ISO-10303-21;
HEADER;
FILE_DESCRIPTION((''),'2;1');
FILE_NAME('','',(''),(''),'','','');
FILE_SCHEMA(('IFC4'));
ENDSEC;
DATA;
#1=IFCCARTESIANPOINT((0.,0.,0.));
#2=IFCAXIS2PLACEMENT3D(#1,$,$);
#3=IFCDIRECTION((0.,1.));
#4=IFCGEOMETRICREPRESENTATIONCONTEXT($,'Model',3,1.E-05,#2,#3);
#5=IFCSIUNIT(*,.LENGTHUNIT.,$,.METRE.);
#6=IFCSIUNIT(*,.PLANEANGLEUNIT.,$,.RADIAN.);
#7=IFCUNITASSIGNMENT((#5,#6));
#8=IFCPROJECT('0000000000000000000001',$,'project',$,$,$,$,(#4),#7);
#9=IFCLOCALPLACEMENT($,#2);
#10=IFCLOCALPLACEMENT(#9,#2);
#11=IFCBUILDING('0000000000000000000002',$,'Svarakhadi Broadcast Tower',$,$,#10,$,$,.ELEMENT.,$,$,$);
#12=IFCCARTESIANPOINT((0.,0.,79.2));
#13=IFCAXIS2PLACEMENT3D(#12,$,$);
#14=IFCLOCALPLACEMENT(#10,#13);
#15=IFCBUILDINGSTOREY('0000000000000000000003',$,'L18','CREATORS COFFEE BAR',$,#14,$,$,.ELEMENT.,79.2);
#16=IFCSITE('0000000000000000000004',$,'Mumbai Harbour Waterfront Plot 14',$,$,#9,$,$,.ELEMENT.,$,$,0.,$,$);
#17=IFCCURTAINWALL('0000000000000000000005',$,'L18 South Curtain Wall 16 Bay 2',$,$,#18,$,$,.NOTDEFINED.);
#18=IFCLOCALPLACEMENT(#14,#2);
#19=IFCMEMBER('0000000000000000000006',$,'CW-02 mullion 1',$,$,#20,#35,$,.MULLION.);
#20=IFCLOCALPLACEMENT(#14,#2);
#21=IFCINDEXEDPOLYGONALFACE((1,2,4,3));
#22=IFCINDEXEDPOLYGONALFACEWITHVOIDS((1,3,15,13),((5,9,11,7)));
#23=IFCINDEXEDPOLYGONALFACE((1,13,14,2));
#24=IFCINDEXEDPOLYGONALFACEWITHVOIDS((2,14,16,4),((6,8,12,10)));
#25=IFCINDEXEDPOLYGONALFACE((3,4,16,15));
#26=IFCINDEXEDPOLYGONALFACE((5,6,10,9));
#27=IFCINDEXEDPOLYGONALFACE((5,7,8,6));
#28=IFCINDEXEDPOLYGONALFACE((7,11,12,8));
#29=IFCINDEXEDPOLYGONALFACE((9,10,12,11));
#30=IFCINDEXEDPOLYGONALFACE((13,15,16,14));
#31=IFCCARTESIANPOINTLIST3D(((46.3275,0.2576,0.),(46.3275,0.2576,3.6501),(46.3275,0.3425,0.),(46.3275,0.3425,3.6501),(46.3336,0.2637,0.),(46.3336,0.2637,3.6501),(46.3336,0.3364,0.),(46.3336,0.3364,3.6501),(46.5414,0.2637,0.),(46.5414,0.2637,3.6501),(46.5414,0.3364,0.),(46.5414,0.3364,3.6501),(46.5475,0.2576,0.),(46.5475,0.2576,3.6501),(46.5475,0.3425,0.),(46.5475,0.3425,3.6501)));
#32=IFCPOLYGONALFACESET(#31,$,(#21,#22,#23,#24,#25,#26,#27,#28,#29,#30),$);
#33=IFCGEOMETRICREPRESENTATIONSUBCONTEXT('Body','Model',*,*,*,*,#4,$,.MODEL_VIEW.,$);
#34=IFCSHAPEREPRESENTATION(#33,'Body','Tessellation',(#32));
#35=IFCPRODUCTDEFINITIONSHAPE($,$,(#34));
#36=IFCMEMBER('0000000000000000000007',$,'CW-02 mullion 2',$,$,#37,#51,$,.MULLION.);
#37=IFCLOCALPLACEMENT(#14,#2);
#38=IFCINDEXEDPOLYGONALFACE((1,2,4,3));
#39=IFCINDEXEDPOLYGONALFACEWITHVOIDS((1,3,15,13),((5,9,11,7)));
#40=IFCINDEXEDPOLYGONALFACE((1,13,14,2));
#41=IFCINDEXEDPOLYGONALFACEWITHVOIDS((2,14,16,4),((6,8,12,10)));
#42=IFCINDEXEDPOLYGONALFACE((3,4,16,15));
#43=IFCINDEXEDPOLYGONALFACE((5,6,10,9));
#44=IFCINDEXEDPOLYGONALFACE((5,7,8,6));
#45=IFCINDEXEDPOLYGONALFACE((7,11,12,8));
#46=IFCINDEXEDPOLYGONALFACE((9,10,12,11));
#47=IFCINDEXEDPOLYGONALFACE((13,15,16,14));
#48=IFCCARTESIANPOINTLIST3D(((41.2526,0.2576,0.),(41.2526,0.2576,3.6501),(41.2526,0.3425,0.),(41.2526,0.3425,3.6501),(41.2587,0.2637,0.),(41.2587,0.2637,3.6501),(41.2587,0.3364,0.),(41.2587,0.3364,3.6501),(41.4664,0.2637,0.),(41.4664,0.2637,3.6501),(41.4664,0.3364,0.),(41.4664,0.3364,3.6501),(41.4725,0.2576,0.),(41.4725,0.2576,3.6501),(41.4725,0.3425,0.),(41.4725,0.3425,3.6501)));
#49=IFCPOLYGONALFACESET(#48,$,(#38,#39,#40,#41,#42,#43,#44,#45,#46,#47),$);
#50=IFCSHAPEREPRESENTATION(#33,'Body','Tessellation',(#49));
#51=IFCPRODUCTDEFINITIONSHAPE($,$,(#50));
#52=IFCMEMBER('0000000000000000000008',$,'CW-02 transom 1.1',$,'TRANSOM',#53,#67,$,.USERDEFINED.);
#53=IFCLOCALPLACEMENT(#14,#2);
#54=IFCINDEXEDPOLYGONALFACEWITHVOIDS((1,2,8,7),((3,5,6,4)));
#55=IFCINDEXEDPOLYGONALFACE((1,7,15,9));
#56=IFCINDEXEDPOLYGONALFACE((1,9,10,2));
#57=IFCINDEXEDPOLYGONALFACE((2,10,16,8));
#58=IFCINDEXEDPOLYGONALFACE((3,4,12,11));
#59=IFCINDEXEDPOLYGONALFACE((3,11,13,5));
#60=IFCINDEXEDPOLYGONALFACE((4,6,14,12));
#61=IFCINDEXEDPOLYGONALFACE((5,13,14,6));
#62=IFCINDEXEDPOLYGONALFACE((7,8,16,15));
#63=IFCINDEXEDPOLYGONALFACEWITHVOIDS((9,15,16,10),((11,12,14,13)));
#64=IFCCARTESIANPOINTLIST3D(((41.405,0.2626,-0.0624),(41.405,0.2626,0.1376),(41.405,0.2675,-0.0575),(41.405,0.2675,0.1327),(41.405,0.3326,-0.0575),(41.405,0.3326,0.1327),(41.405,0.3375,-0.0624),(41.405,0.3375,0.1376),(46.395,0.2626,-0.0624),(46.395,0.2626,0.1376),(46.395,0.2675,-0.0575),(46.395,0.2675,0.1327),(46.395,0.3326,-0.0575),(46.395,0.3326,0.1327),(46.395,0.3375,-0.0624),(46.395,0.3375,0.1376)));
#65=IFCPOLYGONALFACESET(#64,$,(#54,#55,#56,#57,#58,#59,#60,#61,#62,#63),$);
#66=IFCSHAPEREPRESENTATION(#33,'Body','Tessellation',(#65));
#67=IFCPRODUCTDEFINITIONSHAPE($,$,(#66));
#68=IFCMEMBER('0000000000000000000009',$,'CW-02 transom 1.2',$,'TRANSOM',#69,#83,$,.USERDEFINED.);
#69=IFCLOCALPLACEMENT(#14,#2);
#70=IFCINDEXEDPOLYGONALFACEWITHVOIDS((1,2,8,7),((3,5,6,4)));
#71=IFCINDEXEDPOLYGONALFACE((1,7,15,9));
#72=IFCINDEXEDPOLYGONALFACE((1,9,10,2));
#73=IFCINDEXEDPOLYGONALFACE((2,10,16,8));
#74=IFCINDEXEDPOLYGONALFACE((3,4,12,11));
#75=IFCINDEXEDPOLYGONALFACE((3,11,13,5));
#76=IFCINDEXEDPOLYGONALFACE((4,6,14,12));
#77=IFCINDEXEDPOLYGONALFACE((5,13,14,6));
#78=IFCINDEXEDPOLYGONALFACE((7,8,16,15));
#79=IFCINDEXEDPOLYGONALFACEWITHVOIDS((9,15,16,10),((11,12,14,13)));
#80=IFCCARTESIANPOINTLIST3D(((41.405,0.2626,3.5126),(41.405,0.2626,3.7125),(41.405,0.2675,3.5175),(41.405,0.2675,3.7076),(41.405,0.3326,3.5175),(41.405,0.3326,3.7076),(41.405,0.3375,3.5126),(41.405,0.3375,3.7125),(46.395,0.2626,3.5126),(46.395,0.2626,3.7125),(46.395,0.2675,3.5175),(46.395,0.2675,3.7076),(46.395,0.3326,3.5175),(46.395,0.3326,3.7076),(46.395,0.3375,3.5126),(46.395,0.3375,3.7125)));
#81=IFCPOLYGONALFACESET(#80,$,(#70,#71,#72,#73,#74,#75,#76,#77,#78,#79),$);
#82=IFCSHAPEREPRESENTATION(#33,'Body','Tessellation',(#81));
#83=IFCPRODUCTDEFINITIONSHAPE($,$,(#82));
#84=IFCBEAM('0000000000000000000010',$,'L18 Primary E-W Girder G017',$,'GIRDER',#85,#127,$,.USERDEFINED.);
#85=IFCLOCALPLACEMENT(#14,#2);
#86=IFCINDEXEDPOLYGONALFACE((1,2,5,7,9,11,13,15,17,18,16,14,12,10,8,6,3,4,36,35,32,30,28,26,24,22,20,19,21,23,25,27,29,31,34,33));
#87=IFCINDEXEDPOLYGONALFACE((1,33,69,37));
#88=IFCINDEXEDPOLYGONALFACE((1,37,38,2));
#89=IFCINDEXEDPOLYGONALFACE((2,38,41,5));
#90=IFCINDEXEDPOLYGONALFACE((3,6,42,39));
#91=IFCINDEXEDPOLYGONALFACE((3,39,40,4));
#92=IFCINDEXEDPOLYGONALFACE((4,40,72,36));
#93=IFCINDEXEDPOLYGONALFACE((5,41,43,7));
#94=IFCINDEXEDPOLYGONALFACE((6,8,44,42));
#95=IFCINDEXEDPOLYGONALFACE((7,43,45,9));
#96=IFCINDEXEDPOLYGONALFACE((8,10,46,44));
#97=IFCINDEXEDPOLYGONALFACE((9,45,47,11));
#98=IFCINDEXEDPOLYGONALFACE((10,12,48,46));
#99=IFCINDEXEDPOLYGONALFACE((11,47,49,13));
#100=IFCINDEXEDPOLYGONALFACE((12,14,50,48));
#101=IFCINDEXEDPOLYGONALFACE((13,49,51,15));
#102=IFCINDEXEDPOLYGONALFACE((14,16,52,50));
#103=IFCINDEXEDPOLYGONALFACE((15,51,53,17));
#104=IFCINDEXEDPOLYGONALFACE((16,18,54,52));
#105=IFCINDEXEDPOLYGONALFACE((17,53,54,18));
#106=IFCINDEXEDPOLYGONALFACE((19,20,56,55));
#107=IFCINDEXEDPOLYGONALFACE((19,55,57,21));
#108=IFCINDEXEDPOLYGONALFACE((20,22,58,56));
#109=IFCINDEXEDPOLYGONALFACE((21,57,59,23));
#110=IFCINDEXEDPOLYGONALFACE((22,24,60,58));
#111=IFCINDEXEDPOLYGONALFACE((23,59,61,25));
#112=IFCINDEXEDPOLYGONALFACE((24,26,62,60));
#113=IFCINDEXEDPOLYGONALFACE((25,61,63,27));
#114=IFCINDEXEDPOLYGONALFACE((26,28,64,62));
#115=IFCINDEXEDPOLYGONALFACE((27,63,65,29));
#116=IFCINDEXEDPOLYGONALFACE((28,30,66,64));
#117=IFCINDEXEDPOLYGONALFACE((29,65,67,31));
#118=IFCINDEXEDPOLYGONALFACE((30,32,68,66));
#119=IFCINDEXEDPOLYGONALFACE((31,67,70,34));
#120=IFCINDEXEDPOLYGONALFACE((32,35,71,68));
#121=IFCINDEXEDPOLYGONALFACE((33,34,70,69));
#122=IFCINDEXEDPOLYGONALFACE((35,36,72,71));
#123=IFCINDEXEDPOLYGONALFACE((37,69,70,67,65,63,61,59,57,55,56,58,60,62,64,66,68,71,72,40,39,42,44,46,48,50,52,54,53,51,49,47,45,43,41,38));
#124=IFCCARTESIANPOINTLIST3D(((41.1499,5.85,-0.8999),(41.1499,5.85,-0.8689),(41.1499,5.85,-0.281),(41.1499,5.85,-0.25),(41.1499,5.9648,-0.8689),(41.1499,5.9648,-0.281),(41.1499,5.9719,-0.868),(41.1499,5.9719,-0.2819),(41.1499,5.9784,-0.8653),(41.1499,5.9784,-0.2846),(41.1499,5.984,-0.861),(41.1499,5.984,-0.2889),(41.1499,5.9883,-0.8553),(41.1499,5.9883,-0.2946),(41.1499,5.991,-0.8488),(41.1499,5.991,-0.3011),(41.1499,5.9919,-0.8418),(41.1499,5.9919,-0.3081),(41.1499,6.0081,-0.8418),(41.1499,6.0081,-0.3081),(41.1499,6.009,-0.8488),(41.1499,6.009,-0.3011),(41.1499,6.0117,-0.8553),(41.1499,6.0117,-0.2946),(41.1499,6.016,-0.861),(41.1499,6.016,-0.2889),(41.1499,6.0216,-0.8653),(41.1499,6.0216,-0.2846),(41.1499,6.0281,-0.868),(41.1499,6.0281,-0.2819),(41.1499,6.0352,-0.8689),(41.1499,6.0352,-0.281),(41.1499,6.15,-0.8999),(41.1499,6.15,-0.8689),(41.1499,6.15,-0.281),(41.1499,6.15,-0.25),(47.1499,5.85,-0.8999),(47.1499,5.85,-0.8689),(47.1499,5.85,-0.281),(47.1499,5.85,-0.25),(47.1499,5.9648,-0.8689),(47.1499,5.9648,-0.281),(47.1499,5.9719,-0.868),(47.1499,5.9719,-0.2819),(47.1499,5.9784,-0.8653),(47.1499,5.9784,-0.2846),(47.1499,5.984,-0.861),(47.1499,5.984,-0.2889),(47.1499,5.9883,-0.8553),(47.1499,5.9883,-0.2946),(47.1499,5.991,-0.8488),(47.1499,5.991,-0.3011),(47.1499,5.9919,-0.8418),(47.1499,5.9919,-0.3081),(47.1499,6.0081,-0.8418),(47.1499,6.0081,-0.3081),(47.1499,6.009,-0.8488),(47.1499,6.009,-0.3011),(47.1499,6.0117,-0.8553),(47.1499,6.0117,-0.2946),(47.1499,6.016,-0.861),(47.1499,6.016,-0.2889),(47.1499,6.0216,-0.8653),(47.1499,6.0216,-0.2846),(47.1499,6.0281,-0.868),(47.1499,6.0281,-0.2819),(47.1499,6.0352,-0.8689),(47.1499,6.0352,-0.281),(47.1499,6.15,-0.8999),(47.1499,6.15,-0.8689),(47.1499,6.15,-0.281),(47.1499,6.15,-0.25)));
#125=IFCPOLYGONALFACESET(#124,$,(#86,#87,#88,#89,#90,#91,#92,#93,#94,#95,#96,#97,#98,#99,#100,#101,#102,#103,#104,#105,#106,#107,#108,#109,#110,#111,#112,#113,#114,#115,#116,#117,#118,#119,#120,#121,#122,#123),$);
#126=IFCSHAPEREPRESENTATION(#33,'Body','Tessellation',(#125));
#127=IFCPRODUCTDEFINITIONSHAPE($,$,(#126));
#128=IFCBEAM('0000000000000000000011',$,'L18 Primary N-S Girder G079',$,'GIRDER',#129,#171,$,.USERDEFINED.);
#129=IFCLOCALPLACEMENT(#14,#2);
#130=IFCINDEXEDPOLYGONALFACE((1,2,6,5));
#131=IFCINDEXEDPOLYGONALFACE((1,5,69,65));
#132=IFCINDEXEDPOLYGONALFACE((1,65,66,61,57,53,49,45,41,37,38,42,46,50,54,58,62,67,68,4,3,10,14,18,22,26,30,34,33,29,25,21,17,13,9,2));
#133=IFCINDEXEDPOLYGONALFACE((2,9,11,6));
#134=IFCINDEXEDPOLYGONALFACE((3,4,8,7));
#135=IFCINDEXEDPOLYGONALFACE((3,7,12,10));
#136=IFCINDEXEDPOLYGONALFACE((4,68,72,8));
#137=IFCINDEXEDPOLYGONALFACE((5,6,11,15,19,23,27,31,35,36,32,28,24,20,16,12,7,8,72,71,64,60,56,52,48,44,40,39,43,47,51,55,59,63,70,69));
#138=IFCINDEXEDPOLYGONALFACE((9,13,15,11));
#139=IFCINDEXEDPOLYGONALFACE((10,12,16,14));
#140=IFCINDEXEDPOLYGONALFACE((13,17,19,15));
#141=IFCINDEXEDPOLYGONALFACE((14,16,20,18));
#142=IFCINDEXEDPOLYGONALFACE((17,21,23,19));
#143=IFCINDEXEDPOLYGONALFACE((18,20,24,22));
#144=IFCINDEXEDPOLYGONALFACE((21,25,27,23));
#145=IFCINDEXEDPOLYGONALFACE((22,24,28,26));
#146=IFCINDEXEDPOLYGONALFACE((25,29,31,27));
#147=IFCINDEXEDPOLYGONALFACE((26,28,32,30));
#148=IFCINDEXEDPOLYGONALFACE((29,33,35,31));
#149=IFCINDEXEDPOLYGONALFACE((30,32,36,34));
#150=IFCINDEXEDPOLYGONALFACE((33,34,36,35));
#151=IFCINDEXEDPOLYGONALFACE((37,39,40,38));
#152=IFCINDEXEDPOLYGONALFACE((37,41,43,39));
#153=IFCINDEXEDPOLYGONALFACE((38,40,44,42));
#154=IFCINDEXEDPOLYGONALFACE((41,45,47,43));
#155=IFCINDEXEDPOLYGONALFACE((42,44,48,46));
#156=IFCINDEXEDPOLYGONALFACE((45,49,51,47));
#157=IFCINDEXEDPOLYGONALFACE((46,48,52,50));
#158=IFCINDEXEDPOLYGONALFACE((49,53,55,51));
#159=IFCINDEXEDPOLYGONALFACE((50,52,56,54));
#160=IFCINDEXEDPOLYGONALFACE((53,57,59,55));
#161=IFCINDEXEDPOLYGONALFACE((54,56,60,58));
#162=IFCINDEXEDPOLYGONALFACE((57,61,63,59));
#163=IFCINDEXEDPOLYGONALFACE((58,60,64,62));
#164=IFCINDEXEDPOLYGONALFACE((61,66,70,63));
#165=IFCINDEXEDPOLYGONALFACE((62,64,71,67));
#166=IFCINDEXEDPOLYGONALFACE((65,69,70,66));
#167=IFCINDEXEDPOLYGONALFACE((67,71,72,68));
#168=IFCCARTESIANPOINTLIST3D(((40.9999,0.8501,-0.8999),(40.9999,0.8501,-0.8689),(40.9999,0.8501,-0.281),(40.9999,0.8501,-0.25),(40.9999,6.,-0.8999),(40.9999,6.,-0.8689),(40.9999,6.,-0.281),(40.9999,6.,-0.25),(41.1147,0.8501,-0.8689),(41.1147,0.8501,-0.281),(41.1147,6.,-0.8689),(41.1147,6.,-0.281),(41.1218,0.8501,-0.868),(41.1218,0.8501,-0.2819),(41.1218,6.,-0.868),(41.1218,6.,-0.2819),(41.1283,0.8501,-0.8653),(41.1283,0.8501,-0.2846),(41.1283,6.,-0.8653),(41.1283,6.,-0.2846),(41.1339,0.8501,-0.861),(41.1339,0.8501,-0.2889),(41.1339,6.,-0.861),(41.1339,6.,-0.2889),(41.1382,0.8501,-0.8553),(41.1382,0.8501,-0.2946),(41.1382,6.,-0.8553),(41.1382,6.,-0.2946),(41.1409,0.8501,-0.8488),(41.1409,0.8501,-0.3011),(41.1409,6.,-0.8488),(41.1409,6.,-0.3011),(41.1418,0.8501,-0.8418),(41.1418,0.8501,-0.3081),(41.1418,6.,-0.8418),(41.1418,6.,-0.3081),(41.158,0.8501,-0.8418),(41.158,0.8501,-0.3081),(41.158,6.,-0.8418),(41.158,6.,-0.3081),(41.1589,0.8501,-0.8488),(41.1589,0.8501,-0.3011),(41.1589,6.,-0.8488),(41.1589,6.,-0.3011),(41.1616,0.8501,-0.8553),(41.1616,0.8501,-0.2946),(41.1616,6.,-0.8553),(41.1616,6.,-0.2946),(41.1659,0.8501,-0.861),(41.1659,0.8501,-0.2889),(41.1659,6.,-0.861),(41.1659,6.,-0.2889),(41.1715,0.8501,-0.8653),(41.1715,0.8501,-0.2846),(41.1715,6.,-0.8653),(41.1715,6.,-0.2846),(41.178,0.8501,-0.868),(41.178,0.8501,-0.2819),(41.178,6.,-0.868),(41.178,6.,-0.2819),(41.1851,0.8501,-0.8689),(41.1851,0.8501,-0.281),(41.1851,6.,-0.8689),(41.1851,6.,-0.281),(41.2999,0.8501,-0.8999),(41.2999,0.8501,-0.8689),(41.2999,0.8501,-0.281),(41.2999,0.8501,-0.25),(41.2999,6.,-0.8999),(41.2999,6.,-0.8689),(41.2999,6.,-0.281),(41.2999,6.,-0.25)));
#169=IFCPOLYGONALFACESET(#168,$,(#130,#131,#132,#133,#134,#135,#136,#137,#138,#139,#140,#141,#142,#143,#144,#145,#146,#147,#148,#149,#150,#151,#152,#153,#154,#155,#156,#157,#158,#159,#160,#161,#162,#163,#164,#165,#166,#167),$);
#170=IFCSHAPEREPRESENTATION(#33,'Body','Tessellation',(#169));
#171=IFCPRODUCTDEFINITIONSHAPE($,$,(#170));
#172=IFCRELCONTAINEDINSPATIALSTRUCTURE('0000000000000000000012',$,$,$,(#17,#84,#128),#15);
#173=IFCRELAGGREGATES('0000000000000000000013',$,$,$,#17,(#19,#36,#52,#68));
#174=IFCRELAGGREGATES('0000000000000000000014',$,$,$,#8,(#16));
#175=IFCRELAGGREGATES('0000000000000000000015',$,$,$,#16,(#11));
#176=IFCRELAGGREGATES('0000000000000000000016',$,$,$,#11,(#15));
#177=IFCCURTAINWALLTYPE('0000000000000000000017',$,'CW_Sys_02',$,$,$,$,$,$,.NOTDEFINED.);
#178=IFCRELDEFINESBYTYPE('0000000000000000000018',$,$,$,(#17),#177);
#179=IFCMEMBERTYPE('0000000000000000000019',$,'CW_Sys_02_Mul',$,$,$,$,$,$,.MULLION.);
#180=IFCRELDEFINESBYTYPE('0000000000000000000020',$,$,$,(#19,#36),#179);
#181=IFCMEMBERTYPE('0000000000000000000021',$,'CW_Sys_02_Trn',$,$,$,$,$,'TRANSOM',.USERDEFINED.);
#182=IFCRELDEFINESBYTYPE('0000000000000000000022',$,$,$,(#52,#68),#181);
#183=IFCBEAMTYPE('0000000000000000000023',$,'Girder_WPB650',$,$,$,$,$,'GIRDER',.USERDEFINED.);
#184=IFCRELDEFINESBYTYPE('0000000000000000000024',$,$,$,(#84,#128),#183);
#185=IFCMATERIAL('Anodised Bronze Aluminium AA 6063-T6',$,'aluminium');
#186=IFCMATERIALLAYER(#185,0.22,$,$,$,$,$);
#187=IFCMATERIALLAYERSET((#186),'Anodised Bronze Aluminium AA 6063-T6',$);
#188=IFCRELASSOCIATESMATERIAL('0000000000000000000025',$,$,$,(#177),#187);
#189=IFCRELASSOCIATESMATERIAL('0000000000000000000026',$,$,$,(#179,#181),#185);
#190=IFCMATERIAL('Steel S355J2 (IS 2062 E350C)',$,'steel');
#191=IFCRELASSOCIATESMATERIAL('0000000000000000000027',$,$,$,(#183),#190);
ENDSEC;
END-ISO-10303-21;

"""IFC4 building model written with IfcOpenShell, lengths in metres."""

from ifc_helpers import new_model, si_unit, direction, frame, origin, origin_2d, place, context, subcontext, project, spatial, hollow_rectangle, i_section, extrude, material, layer, layer_set, material_profile, profile_set, type_object, element, aggregate, save


model = new_model("IFC4")

# Units and contexts
model_context = context("Model", 3, precision=1e-05, world=origin(), true_north=direction((0.0, 1.0)))
body_context = subcontext(model_context, "Body", "Model", "MODEL_VIEW")
ifc_project = project(units=[si_unit("LENGTHUNIT", "METRE"), si_unit("PLANEANGLEUNIT", "RADIAN")], contexts=[model_context])

# Site, building, storey
site_placement = place(None, origin())
site = spatial("IfcSite", under=ifc_project, at=site_placement, Name="Mumbai Harbour Waterfront Plot 14", CompositionType="ELEMENT", RefElevation=0.0)
building_placement = place(site_placement, origin())
building = spatial("IfcBuilding", under=site, at=building_placement, Name="Svarakhadi Broadcast Tower", CompositionType="ELEMENT")
storey_placement = place(building_placement, frame((0.0, 0.0, 79.2)))
storey = spatial("IfcBuildingStorey", under=building, at=storey_placement, Name="L18", Description="CREATORS COFFEE BAR", CompositionType="ELEMENT", Elevation=79.2)

# Shared definitions
ifc_material_1 = material(Name="Steel S355J2 (IS 2062 E350C)", Category="steel")

# Curtain wall, members
ifc_material_2 = material(Name="Anodised Bronze Aluminium AA 6063-T6", Category="aluminium")
ifc_layer_1 = layer(ifc_material_2, 0.22)
ifc_layer_set_1 = layer_set([ifc_layer_1], Name="Anodised Bronze Aluminium AA 6063-T6")
curtain_wall_type = type_object("IfcCurtainWallType", Name="CW_Sys_02", PredefinedType="NOTDEFINED", material=ifc_layer_set_1)
curtain_wall_placement = place(storey_placement, origin())
curtain_wall = element("IfcCurtainWall", 1, at=curtain_wall_placement, inside=storey, type_object=curtain_wall_type, Name="L18 South Curtain Wall 16 Bay 2", PredefinedType="NOTDEFINED")
ifc_material_profile_1 = material_profile(ifc_material_2, hollow_rectangle(XDim=0.085, YDim=0.22, WallThickness=0.0061, at=origin_2d()), Name="ALU MULLION 220x85x6")
ifc_profile_set_1 = profile_set([ifc_material_profile_1], Name="Anodised Bronze Aluminium AA 6063-T6")
member_type_1 = type_object("IfcMemberType", Name="CW_Sys_02_Mul", PredefinedType="MULLION", material=ifc_profile_set_1)
member_1_placement = place(storey_placement, frame((46.4375, 0.3, 0.0), z_axis=(0.0, 0.0, 1.0), x_axis=(0.0, -1.0, 0.0)))
member_1 = element("IfcMember", 2, at=member_1_placement, type_object=member_type_1, Name="CW-02 mullion 1", PredefinedType="MULLION", context=body_context, shape_type="SweptSolid", body=[
    extrude(hollow_rectangle(XDim=0.085, YDim=0.22, WallThickness=0.0061, at=origin_2d()), origin(), (0.0, 0.0, 1.0), 3.6501),
])
member_2_placement = place(storey_placement, frame((41.3625, 0.3, 0.0), z_axis=(0.0, 0.0, 1.0), x_axis=(0.0, -1.0, 0.0)))
member_2 = element("IfcMember", 3, at=member_2_placement, type_object=member_type_1, Name="CW-02 mullion 2", PredefinedType="MULLION", context=body_context, shape_type="SweptSolid", body=[
    extrude(hollow_rectangle(XDim=0.085, YDim=0.22, WallThickness=0.0061, at=origin_2d()), origin(), (0.0, 0.0, 1.0), 3.6501),
])
ifc_material_profile_2 = material_profile(ifc_material_2, hollow_rectangle(XDim=0.075, YDim=0.2, WallThickness=0.0049, at=origin_2d()), Name="ALU TRANSOM 200x75x5")
ifc_profile_set_2 = profile_set([ifc_material_profile_2], Name="Anodised Bronze Aluminium AA 6063-T6")
member_type_2 = type_object("IfcMemberType", Name="CW_Sys_02_Trn", ElementType="TRANSOM", PredefinedType="USERDEFINED", material=ifc_profile_set_2)
member_3_placement = place(storey_placement, frame((46.395, 0.3, 0.0376), z_axis=(-1.0, 0.0, 0.0), x_axis=(0.0, -1.0, 0.0)))
member_3 = element("IfcMember", 4, at=member_3_placement, type_object=member_type_2, Name="CW-02 transom 1.1", ObjectType="TRANSOM", PredefinedType="USERDEFINED", context=body_context, shape_type="SweptSolid", body=[
    extrude(hollow_rectangle(XDim=0.075, YDim=0.2, WallThickness=0.0049, at=origin_2d()), origin(), (0.0, 0.0, 1.0), 4.99),
])
member_4_placement = place(storey_placement, frame((46.395, 0.3, 3.6125), z_axis=(-1.0, 0.0, 0.0), x_axis=(0.0, -1.0, 0.0)))
member_4 = element("IfcMember", 5, at=member_4_placement, type_object=member_type_2, Name="CW-02 transom 1.2", ObjectType="TRANSOM", PredefinedType="USERDEFINED", context=body_context, shape_type="SweptSolid", body=[
    extrude(hollow_rectangle(XDim=0.075, YDim=0.2, WallThickness=0.0049, at=origin_2d()), origin(), (0.0, 0.0, 1.0), 4.99),
])

# Beams
ifc_material_profile_3 = material_profile(ifc_material_1, i_section(OverallWidth=0.3, OverallDepth=0.6499, WebThickness=0.0161, FlangeThickness=0.031, FilletRadius=0.0271, at=origin_2d()), Name="WPB 650x300x225")
ifc_profile_set_3 = profile_set([ifc_material_profile_3], Name="Steel S355J2 (IS 2062 E350C)")
beam_type_1 = type_object("IfcBeamType", Name="Girder_WPB650", ElementType="GIRDER", PredefinedType="USERDEFINED", material=ifc_profile_set_3)
beam_1_placement = place(storey_placement, frame((41.1499, 6.0, -0.575), z_axis=(1.0, 0.0, 0.0), x_axis=(0.0, 1.0, 0.0)))
element("IfcBeam", 6, at=beam_1_placement, inside=storey, type_object=beam_type_1, Name="L18 Primary E-W Girder G017", ObjectType="GIRDER", PredefinedType="USERDEFINED", context=body_context, shape_type="SweptSolid", body=[
    extrude(i_section(OverallWidth=0.3, OverallDepth=0.6499, WebThickness=0.0161, FlangeThickness=0.031, FilletRadius=0.0271, at=origin_2d()), origin(), (0.0, 0.0, 1.0), 6.0),
])
beam_2_placement = place(storey_placement, frame((41.1499, 0.8501, -0.575), z_axis=(0.0, 1.0, 0.0), x_axis=(-1.0, 0.0, 0.0)))
element("IfcBeam", 7, at=beam_2_placement, inside=storey, type_object=beam_type_1, Name="L18 Primary N-S Girder G079", ObjectType="GIRDER", PredefinedType="USERDEFINED", context=body_context, shape_type="SweptSolid", body=[
    extrude(i_section(OverallWidth=0.3, OverallDepth=0.6499, WebThickness=0.0161, FlangeThickness=0.031, FilletRadius=0.0271, at=origin_2d()), origin(), (0.0, 0.0, 1.0), 5.1499),
])

aggregate(curtain_wall, [member_1, member_2, member_3, member_4])

save(model, "model.ifc")
